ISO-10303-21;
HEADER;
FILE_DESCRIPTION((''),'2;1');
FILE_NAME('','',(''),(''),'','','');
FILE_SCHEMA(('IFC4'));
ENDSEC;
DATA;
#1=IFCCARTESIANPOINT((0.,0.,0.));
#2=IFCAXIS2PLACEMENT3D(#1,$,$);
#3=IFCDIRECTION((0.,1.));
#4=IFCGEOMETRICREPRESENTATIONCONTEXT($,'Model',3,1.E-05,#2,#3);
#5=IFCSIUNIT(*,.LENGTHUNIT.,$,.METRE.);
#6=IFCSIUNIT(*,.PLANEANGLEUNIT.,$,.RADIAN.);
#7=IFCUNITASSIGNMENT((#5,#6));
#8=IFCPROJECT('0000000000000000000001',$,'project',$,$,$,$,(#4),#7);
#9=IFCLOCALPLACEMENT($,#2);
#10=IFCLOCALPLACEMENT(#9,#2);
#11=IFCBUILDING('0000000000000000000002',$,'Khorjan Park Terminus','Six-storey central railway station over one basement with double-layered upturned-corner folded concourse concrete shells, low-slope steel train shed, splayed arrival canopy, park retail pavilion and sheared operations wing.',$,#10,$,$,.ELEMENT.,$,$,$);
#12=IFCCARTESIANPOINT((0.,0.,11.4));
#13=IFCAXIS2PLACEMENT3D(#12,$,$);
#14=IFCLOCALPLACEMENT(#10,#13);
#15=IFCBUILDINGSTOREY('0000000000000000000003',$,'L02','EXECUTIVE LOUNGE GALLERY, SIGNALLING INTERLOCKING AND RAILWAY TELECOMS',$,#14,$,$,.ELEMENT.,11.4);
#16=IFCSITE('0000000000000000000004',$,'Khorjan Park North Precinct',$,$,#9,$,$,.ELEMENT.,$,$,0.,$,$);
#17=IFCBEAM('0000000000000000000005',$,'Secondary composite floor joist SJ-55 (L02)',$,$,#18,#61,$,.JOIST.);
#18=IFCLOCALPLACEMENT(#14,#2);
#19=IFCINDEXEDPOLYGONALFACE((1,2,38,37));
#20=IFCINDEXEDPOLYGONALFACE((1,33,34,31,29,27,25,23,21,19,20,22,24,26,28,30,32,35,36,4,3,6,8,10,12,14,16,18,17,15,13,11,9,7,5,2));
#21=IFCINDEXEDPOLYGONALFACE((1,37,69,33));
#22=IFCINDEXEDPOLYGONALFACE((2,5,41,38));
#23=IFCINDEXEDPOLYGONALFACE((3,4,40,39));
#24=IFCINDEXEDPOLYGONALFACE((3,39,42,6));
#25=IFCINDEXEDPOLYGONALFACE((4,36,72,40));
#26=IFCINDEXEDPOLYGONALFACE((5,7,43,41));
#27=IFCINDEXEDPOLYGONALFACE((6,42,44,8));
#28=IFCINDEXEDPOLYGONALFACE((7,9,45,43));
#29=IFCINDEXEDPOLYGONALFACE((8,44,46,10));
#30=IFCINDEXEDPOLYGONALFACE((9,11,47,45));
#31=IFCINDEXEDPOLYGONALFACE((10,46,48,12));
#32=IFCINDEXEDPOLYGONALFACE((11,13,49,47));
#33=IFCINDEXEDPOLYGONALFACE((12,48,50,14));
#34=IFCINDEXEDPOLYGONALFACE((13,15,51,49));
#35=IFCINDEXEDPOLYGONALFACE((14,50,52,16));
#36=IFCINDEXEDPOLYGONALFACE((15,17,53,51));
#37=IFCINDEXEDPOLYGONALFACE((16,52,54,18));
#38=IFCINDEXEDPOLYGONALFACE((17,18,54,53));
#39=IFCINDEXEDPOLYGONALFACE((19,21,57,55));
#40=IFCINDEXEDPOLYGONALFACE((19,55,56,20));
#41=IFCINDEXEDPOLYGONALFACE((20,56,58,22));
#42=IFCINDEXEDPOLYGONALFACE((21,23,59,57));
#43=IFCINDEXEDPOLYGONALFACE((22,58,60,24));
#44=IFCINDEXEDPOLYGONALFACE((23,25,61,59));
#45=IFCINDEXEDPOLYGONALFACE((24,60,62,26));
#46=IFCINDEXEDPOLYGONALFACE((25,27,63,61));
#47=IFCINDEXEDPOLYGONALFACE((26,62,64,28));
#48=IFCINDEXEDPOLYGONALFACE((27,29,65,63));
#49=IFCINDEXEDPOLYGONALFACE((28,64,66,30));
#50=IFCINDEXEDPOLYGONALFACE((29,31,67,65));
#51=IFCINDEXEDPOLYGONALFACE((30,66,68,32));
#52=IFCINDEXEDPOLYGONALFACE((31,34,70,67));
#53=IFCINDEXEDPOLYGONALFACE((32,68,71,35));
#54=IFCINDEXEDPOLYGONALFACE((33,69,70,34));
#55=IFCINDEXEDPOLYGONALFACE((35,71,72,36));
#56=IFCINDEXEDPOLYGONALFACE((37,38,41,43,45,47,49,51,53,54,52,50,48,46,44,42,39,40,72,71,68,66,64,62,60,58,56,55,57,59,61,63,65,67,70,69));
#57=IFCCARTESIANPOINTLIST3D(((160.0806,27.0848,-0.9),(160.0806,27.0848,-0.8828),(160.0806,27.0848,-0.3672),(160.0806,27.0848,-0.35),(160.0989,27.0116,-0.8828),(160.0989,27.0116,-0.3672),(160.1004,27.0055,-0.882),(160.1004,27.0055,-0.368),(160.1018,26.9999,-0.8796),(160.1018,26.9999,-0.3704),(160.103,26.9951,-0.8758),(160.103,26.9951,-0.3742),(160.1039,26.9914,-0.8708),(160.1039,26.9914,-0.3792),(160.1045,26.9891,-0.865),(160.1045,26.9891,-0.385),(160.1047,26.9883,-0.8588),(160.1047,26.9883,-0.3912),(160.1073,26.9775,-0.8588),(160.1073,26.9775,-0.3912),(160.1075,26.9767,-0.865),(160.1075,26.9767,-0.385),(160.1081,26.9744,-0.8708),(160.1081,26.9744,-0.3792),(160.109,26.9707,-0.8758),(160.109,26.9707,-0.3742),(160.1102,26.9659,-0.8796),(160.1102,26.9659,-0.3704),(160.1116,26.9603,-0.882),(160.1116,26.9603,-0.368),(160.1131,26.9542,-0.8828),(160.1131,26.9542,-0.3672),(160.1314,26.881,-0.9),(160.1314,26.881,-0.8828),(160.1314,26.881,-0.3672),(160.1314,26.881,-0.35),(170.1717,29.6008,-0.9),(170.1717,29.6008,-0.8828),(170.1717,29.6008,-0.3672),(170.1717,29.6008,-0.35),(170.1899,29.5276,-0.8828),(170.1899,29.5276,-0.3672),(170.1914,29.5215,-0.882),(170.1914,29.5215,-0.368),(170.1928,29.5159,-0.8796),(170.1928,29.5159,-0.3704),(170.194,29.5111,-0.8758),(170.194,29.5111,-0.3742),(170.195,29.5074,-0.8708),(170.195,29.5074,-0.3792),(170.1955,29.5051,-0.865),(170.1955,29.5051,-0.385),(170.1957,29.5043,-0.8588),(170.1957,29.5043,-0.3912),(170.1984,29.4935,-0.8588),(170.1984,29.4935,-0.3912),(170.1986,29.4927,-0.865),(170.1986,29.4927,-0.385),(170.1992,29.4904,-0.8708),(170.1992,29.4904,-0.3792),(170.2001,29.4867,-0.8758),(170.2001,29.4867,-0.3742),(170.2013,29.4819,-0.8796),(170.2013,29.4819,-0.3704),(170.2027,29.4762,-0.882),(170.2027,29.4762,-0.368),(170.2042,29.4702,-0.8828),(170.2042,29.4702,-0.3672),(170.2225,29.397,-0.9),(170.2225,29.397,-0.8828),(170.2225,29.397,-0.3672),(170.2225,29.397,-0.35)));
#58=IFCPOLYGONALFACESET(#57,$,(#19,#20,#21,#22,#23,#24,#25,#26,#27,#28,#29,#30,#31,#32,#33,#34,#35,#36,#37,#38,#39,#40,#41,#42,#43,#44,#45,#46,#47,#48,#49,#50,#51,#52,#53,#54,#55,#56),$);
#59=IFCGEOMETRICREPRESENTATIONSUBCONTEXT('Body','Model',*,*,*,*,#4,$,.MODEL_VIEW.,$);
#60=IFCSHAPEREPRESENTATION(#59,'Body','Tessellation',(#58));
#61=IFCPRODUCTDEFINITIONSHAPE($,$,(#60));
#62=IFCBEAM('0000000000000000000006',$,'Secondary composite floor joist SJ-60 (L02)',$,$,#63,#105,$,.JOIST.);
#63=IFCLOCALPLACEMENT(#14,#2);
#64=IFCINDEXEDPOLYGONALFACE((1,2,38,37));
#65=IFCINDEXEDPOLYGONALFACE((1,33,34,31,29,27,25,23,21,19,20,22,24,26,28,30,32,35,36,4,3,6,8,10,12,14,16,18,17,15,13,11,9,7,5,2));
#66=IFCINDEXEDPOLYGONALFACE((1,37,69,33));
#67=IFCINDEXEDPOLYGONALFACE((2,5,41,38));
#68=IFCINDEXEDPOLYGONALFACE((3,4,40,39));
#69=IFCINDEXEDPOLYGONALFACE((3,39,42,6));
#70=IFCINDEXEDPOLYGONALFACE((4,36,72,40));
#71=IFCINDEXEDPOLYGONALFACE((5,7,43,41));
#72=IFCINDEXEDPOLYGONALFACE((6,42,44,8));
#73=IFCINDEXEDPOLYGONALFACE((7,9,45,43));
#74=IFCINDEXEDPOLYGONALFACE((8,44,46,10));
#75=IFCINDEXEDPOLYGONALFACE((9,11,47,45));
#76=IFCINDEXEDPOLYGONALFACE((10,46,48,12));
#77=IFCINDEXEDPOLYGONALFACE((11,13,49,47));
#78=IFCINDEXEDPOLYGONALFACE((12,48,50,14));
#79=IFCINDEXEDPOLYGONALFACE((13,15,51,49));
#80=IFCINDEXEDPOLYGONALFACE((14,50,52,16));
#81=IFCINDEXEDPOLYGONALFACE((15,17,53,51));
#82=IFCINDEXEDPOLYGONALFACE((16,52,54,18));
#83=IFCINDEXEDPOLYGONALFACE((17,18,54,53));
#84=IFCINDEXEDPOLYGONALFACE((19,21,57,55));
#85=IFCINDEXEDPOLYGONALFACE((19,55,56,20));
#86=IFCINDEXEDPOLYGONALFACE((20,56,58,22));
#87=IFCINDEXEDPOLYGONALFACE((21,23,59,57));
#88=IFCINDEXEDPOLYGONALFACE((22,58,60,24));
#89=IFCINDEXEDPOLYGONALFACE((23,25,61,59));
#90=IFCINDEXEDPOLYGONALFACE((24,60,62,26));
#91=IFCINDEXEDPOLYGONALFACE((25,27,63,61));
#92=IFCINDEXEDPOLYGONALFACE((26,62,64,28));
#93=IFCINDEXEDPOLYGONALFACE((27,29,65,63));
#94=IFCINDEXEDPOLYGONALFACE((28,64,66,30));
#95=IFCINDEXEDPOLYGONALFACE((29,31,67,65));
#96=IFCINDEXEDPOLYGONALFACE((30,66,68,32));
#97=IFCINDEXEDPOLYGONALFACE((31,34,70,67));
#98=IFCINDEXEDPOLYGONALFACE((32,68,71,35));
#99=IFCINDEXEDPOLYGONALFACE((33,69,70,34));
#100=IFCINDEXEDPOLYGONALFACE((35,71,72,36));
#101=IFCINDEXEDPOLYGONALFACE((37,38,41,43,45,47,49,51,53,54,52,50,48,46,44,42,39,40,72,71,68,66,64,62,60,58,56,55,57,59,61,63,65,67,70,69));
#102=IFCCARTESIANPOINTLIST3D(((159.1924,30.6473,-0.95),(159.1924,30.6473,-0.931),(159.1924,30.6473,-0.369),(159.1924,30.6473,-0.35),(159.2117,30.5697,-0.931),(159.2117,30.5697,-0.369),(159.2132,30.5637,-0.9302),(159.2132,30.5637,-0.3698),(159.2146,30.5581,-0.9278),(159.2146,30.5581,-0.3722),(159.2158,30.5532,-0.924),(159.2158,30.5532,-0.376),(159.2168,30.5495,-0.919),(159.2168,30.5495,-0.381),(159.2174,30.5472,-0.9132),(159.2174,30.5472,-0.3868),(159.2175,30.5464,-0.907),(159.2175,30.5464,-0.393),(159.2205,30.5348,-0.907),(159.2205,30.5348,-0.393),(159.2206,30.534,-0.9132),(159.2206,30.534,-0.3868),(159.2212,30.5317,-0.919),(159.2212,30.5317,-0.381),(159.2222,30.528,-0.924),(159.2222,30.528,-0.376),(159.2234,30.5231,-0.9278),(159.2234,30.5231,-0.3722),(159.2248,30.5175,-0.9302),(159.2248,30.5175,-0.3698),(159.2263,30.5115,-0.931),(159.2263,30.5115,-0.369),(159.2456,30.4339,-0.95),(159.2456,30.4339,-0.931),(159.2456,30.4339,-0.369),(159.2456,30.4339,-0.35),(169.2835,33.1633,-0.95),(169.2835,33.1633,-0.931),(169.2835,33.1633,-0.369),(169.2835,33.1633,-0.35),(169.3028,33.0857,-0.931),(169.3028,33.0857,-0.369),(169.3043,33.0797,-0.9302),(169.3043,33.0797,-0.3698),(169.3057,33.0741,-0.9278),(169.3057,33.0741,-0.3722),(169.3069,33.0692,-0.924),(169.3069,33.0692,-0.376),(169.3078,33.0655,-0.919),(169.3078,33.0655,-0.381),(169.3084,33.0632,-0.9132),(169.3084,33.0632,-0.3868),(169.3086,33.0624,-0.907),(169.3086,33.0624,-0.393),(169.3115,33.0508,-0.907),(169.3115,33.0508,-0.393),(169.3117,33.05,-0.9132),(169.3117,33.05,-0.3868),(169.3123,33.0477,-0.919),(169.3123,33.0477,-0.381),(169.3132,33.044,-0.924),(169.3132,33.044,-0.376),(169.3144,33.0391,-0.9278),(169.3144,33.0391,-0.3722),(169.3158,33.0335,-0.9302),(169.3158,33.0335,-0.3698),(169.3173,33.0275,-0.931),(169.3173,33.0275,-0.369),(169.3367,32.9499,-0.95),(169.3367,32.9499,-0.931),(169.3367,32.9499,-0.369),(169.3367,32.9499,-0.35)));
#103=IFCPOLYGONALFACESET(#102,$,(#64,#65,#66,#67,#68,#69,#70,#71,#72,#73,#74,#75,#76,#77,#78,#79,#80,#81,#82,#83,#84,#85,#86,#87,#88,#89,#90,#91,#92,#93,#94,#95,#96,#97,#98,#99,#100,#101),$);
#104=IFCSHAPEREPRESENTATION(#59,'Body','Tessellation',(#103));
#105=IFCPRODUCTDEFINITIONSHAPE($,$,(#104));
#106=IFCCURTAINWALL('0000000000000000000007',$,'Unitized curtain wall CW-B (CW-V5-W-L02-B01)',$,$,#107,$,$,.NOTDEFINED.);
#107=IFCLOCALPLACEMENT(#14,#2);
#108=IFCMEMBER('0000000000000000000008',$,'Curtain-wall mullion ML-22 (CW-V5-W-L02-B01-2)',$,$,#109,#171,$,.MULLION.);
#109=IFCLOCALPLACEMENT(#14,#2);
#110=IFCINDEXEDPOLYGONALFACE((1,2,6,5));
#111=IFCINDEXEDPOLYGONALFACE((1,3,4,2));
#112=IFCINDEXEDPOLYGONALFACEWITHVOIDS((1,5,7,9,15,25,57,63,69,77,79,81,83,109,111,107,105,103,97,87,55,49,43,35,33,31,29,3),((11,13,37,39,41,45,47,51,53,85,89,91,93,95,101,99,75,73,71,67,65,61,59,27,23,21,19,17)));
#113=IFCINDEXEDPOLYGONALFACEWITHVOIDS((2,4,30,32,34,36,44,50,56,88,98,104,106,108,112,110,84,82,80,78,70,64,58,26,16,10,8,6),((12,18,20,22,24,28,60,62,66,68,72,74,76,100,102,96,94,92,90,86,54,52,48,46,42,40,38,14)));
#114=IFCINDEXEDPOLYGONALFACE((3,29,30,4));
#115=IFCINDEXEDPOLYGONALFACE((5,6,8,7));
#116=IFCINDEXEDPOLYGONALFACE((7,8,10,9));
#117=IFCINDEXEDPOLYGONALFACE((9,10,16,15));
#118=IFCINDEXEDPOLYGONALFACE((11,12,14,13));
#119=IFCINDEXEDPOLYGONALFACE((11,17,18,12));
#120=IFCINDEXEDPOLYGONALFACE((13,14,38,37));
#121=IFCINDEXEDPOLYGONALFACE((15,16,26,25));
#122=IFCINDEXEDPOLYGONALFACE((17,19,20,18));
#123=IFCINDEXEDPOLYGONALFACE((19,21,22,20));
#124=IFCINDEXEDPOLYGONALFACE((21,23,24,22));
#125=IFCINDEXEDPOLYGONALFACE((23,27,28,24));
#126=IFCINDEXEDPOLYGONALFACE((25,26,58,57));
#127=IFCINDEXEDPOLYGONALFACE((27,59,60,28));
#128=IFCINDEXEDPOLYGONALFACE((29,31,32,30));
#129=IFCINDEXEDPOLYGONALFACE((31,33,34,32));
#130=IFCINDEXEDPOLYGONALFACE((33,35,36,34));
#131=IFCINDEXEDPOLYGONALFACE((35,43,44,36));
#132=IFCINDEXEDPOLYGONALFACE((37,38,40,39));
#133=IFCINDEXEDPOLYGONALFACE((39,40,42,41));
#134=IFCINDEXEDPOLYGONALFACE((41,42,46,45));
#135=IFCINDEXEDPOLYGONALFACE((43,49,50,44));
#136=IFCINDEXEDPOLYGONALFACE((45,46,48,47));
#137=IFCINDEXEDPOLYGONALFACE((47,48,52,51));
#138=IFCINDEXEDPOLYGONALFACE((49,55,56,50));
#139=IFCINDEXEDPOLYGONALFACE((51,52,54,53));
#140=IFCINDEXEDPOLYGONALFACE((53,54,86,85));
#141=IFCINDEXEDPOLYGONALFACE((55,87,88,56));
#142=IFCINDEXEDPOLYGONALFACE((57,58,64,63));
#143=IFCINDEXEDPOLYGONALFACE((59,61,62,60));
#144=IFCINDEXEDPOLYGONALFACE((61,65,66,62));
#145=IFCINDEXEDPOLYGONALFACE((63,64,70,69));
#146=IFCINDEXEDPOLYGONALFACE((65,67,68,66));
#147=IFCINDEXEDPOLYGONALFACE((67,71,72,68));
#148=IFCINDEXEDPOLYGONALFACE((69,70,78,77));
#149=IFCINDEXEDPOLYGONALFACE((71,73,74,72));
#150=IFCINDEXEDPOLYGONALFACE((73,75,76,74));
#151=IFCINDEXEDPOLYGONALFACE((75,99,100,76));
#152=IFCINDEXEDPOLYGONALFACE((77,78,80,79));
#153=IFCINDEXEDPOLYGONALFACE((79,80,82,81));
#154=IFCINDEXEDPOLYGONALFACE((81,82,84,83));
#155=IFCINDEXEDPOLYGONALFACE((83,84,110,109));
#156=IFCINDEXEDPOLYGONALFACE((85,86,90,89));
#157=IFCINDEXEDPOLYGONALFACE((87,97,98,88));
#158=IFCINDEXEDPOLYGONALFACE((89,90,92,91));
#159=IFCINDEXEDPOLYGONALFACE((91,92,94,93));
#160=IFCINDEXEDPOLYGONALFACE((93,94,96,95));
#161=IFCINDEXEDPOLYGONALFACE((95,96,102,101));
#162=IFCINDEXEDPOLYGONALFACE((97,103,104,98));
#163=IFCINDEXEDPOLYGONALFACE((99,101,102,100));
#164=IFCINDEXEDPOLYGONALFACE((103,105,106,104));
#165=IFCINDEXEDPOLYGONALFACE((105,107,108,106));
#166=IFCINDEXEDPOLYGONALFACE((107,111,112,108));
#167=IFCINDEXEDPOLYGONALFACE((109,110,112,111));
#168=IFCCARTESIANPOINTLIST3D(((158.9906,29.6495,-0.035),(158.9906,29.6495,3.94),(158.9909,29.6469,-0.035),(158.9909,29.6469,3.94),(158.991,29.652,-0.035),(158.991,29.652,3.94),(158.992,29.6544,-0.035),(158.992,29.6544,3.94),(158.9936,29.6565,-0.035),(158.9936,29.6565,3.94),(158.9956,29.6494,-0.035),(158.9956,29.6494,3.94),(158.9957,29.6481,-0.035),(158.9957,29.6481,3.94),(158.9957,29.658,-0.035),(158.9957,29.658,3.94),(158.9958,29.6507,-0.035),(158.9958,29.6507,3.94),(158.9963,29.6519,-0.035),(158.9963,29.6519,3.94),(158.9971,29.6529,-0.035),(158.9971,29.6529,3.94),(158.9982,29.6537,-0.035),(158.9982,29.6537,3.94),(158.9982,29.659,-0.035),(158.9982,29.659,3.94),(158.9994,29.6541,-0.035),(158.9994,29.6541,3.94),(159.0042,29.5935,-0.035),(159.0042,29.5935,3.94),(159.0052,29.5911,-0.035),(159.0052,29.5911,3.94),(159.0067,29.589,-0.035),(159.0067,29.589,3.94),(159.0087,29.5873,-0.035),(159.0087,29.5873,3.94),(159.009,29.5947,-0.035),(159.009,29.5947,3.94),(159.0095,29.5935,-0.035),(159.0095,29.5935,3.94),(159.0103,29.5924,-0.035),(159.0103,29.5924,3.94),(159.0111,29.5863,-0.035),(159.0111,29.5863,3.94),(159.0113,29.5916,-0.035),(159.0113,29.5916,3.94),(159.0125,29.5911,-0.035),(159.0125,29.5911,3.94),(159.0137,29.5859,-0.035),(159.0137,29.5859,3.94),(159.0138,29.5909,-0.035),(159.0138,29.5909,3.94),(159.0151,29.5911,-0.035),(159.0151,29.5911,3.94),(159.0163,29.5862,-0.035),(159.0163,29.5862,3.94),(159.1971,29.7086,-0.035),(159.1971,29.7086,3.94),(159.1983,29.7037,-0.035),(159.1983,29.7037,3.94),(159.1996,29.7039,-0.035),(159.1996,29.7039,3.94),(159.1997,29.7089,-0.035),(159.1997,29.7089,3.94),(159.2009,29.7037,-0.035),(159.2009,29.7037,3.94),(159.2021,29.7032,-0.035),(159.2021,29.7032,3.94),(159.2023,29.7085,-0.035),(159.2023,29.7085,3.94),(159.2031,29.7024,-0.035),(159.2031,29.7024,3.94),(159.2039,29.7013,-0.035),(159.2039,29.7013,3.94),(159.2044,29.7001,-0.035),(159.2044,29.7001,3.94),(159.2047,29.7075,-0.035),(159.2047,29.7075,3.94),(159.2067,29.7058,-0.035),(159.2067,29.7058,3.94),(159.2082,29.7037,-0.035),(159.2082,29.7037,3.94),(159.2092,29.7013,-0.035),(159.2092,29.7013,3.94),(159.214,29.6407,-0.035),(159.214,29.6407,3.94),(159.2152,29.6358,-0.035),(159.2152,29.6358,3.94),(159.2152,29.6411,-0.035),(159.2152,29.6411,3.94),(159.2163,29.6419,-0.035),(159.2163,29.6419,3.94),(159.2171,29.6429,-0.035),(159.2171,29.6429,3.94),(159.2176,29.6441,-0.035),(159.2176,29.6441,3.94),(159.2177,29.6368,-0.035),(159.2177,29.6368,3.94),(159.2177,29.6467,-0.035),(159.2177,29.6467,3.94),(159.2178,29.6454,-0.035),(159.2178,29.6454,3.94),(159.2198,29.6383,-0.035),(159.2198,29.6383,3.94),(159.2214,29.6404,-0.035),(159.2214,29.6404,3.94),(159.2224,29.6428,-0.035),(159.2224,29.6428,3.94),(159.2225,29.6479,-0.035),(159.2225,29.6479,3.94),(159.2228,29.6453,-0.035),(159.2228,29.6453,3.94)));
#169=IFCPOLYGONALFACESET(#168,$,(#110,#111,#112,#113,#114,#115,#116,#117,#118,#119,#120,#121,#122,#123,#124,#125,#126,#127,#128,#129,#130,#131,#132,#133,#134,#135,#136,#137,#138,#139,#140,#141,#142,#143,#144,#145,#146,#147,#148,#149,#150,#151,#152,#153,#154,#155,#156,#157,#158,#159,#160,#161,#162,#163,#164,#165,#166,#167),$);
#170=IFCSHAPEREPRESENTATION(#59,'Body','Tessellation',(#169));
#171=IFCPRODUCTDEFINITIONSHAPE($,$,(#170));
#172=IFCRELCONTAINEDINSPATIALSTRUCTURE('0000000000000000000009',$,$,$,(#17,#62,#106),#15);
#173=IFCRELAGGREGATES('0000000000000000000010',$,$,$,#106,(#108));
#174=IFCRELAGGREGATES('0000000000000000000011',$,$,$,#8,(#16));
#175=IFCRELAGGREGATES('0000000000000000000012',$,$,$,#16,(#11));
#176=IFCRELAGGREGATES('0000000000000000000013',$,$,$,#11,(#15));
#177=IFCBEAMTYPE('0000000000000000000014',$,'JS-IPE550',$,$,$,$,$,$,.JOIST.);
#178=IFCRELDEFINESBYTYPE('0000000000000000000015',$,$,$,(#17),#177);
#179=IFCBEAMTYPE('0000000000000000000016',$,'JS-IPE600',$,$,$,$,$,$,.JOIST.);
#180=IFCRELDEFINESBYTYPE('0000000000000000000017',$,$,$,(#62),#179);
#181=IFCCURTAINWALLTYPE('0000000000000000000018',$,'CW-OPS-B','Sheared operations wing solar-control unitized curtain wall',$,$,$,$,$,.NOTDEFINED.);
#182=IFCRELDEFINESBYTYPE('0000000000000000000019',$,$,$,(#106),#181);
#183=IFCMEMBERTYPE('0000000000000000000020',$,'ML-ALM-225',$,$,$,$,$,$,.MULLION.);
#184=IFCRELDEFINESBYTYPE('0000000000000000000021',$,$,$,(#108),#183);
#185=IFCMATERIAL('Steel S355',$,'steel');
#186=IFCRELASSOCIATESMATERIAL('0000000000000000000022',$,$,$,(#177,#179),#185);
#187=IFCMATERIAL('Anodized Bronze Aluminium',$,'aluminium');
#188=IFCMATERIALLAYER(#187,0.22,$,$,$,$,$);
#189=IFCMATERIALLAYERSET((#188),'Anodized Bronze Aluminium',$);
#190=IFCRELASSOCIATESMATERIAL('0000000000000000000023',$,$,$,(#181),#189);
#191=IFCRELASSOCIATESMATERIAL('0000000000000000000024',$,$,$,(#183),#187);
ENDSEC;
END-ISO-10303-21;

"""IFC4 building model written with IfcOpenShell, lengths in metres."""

from ifc_helpers import new_model, si_unit, direction, frame, origin, origin_2d, place, context, subcontext, project, spatial, hollow_rectangle, i_section, extrude, material, layer, layer_set, material_profile, profile_set, type_object, element, aggregate, save


model = new_model("IFC4")

# Units and contexts
model_context = context("Model", 3, precision=1e-05, world=origin(), true_north=direction((0.0, 1.0)))
body_context = subcontext(model_context, "Body", "Model", "MODEL_VIEW")
ifc_project = project(units=[si_unit("LENGTHUNIT", "METRE"), si_unit("PLANEANGLEUNIT", "RADIAN")], contexts=[model_context])

# Site, building, storey
site_placement = place(None, origin())
site = spatial("IfcSite", under=ifc_project, at=site_placement, Name="Khorjan Park North Precinct", CompositionType="ELEMENT", RefElevation=0.0)
building_placement = place(site_placement, origin())
building = spatial("IfcBuilding", under=site, at=building_placement, Name="Khorjan Park Terminus", Description="Six-storey central railway station over one basement with double-layered upturned-corner folded concourse concrete shells, low-slope steel train shed, splayed arrival canopy, park retail pavilion and sheared operations wing.", CompositionType="ELEMENT")
storey_placement = place(building_placement, frame((0.0, 0.0, 11.4)))
storey = spatial("IfcBuildingStorey", under=building, at=storey_placement, Name="L02", Description="EXECUTIVE LOUNGE GALLERY, SIGNALLING INTERLOCKING AND RAILWAY TELECOMS", CompositionType="ELEMENT", Elevation=11.4)

# Beams
ifc_material_1 = material(Name="Steel S355", Category="steel")
ifc_material_profile_1 = material_profile(ifc_material_1, i_section(OverallWidth=0.21, OverallDepth=0.55, WebThickness=0.0111, FlangeThickness=0.0172, FilletRadius=0.024, at=origin_2d()), Name="IPE 550")
ifc_profile_set_1 = profile_set([ifc_material_profile_1], Name="Steel S355")
beam_type_1 = type_object("IfcBeamType", Name="JS-IPE550", PredefinedType="JOIST", material=ifc_profile_set_1)
beam_1_placement = place(storey_placement, frame((160.106, 26.9829, -0.625), z_axis=(0.970296, 0.241922, 0.0), x_axis=(-0.241922, 0.970296, 0.0)))
element("IfcBeam", 1, at=beam_1_placement, inside=storey, type_object=beam_type_1, Name="Secondary composite floor joist SJ-55 (L02)", PredefinedType="JOIST", context=body_context, shape_type="SweptSolid", body=[
    extrude(i_section(OverallWidth=0.21, OverallDepth=0.55, WebThickness=0.0111, FlangeThickness=0.0172, FilletRadius=0.024, at=origin_2d()), origin(), (0.0, 0.0, 1.0), 10.4),
])
ifc_material_profile_2 = material_profile(ifc_material_1, i_section(OverallWidth=0.22, OverallDepth=0.6, WebThickness=0.012, FlangeThickness=0.019, FilletRadius=0.024, at=origin_2d()), Name="IPE 600")
ifc_profile_set_2 = profile_set([ifc_material_profile_2], Name="Steel S355")
beam_type_2 = type_object("IfcBeamType", Name="JS-IPE600", PredefinedType="JOIST", material=ifc_profile_set_2)
beam_2_placement = place(storey_placement, frame((159.219, 30.5406, -0.65), z_axis=(0.970296, 0.241922, 0.0), x_axis=(-0.241922, 0.970296, 0.0)))
element("IfcBeam", 2, at=beam_2_placement, inside=storey, type_object=beam_type_2, Name="Secondary composite floor joist SJ-60 (L02)", PredefinedType="JOIST", context=body_context, shape_type="SweptSolid", body=[
    extrude(i_section(OverallWidth=0.22, OverallDepth=0.6, WebThickness=0.012, FlangeThickness=0.019, FilletRadius=0.024, at=origin_2d()), origin(), (0.0, 0.0, 1.0), 10.4),
])

# Curtain wall, member
ifc_material_2 = material(Name="Anodized Bronze Aluminium", Category="aluminium")
ifc_layer_1 = layer(ifc_material_2, 0.22)
ifc_layer_set_1 = layer_set([ifc_layer_1], Name="Anodized Bronze Aluminium")
curtain_wall_type = type_object("IfcCurtainWallType", Name="CW-OPS-B", Description="Sheared operations wing solar-control unitized curtain wall", PredefinedType="NOTDEFINED", material=ifc_layer_set_1)
curtain_wall_placement = place(storey_placement, origin())
curtain_wall = element("IfcCurtainWall", 3, at=curtain_wall_placement, inside=storey, type_object=curtain_wall_type, Name="Unitized curtain wall CW-B (CW-V5-W-L02-B01)", PredefinedType="NOTDEFINED")
ifc_material_profile_3 = material_profile(ifc_material_2, hollow_rectangle(XDim=0.075, YDim=0.225, WallThickness=0.005, InnerFilletRadius=0.005, OuterFilletRadius=0.01, at=origin_2d()), Name="ALM 75x225x5")
ifc_profile_set_3 = profile_set([ifc_material_profile_3], Name="Anodized Bronze Aluminium")
member_type_1 = type_object("IfcMemberType", Name="ML-ALM-225", PredefinedType="MULLION", material=ifc_profile_set_3)
member_1_placement = place(storey_placement, frame((159.1067, 29.6474, -0.035), z_axis=(0.0, 0.0, 1.0), x_axis=(0.241915, -0.970297, 0.0)))
member_1 = element("IfcMember", 4, at=member_1_placement, type_object=member_type_1, Name="Curtain-wall mullion ML-22 (CW-V5-W-L02-B01-2)", PredefinedType="MULLION", context=body_context, shape_type="SweptSolid", body=[
    extrude(hollow_rectangle(XDim=0.075, YDim=0.225, WallThickness=0.005, InnerFilletRadius=0.005, OuterFilletRadius=0.01, at=origin_2d()), origin(), (0.0, 0.0, 1.0), 3.975),
])
aggregate(curtain_wall, [member_1])

save(model, "model.ifc")
